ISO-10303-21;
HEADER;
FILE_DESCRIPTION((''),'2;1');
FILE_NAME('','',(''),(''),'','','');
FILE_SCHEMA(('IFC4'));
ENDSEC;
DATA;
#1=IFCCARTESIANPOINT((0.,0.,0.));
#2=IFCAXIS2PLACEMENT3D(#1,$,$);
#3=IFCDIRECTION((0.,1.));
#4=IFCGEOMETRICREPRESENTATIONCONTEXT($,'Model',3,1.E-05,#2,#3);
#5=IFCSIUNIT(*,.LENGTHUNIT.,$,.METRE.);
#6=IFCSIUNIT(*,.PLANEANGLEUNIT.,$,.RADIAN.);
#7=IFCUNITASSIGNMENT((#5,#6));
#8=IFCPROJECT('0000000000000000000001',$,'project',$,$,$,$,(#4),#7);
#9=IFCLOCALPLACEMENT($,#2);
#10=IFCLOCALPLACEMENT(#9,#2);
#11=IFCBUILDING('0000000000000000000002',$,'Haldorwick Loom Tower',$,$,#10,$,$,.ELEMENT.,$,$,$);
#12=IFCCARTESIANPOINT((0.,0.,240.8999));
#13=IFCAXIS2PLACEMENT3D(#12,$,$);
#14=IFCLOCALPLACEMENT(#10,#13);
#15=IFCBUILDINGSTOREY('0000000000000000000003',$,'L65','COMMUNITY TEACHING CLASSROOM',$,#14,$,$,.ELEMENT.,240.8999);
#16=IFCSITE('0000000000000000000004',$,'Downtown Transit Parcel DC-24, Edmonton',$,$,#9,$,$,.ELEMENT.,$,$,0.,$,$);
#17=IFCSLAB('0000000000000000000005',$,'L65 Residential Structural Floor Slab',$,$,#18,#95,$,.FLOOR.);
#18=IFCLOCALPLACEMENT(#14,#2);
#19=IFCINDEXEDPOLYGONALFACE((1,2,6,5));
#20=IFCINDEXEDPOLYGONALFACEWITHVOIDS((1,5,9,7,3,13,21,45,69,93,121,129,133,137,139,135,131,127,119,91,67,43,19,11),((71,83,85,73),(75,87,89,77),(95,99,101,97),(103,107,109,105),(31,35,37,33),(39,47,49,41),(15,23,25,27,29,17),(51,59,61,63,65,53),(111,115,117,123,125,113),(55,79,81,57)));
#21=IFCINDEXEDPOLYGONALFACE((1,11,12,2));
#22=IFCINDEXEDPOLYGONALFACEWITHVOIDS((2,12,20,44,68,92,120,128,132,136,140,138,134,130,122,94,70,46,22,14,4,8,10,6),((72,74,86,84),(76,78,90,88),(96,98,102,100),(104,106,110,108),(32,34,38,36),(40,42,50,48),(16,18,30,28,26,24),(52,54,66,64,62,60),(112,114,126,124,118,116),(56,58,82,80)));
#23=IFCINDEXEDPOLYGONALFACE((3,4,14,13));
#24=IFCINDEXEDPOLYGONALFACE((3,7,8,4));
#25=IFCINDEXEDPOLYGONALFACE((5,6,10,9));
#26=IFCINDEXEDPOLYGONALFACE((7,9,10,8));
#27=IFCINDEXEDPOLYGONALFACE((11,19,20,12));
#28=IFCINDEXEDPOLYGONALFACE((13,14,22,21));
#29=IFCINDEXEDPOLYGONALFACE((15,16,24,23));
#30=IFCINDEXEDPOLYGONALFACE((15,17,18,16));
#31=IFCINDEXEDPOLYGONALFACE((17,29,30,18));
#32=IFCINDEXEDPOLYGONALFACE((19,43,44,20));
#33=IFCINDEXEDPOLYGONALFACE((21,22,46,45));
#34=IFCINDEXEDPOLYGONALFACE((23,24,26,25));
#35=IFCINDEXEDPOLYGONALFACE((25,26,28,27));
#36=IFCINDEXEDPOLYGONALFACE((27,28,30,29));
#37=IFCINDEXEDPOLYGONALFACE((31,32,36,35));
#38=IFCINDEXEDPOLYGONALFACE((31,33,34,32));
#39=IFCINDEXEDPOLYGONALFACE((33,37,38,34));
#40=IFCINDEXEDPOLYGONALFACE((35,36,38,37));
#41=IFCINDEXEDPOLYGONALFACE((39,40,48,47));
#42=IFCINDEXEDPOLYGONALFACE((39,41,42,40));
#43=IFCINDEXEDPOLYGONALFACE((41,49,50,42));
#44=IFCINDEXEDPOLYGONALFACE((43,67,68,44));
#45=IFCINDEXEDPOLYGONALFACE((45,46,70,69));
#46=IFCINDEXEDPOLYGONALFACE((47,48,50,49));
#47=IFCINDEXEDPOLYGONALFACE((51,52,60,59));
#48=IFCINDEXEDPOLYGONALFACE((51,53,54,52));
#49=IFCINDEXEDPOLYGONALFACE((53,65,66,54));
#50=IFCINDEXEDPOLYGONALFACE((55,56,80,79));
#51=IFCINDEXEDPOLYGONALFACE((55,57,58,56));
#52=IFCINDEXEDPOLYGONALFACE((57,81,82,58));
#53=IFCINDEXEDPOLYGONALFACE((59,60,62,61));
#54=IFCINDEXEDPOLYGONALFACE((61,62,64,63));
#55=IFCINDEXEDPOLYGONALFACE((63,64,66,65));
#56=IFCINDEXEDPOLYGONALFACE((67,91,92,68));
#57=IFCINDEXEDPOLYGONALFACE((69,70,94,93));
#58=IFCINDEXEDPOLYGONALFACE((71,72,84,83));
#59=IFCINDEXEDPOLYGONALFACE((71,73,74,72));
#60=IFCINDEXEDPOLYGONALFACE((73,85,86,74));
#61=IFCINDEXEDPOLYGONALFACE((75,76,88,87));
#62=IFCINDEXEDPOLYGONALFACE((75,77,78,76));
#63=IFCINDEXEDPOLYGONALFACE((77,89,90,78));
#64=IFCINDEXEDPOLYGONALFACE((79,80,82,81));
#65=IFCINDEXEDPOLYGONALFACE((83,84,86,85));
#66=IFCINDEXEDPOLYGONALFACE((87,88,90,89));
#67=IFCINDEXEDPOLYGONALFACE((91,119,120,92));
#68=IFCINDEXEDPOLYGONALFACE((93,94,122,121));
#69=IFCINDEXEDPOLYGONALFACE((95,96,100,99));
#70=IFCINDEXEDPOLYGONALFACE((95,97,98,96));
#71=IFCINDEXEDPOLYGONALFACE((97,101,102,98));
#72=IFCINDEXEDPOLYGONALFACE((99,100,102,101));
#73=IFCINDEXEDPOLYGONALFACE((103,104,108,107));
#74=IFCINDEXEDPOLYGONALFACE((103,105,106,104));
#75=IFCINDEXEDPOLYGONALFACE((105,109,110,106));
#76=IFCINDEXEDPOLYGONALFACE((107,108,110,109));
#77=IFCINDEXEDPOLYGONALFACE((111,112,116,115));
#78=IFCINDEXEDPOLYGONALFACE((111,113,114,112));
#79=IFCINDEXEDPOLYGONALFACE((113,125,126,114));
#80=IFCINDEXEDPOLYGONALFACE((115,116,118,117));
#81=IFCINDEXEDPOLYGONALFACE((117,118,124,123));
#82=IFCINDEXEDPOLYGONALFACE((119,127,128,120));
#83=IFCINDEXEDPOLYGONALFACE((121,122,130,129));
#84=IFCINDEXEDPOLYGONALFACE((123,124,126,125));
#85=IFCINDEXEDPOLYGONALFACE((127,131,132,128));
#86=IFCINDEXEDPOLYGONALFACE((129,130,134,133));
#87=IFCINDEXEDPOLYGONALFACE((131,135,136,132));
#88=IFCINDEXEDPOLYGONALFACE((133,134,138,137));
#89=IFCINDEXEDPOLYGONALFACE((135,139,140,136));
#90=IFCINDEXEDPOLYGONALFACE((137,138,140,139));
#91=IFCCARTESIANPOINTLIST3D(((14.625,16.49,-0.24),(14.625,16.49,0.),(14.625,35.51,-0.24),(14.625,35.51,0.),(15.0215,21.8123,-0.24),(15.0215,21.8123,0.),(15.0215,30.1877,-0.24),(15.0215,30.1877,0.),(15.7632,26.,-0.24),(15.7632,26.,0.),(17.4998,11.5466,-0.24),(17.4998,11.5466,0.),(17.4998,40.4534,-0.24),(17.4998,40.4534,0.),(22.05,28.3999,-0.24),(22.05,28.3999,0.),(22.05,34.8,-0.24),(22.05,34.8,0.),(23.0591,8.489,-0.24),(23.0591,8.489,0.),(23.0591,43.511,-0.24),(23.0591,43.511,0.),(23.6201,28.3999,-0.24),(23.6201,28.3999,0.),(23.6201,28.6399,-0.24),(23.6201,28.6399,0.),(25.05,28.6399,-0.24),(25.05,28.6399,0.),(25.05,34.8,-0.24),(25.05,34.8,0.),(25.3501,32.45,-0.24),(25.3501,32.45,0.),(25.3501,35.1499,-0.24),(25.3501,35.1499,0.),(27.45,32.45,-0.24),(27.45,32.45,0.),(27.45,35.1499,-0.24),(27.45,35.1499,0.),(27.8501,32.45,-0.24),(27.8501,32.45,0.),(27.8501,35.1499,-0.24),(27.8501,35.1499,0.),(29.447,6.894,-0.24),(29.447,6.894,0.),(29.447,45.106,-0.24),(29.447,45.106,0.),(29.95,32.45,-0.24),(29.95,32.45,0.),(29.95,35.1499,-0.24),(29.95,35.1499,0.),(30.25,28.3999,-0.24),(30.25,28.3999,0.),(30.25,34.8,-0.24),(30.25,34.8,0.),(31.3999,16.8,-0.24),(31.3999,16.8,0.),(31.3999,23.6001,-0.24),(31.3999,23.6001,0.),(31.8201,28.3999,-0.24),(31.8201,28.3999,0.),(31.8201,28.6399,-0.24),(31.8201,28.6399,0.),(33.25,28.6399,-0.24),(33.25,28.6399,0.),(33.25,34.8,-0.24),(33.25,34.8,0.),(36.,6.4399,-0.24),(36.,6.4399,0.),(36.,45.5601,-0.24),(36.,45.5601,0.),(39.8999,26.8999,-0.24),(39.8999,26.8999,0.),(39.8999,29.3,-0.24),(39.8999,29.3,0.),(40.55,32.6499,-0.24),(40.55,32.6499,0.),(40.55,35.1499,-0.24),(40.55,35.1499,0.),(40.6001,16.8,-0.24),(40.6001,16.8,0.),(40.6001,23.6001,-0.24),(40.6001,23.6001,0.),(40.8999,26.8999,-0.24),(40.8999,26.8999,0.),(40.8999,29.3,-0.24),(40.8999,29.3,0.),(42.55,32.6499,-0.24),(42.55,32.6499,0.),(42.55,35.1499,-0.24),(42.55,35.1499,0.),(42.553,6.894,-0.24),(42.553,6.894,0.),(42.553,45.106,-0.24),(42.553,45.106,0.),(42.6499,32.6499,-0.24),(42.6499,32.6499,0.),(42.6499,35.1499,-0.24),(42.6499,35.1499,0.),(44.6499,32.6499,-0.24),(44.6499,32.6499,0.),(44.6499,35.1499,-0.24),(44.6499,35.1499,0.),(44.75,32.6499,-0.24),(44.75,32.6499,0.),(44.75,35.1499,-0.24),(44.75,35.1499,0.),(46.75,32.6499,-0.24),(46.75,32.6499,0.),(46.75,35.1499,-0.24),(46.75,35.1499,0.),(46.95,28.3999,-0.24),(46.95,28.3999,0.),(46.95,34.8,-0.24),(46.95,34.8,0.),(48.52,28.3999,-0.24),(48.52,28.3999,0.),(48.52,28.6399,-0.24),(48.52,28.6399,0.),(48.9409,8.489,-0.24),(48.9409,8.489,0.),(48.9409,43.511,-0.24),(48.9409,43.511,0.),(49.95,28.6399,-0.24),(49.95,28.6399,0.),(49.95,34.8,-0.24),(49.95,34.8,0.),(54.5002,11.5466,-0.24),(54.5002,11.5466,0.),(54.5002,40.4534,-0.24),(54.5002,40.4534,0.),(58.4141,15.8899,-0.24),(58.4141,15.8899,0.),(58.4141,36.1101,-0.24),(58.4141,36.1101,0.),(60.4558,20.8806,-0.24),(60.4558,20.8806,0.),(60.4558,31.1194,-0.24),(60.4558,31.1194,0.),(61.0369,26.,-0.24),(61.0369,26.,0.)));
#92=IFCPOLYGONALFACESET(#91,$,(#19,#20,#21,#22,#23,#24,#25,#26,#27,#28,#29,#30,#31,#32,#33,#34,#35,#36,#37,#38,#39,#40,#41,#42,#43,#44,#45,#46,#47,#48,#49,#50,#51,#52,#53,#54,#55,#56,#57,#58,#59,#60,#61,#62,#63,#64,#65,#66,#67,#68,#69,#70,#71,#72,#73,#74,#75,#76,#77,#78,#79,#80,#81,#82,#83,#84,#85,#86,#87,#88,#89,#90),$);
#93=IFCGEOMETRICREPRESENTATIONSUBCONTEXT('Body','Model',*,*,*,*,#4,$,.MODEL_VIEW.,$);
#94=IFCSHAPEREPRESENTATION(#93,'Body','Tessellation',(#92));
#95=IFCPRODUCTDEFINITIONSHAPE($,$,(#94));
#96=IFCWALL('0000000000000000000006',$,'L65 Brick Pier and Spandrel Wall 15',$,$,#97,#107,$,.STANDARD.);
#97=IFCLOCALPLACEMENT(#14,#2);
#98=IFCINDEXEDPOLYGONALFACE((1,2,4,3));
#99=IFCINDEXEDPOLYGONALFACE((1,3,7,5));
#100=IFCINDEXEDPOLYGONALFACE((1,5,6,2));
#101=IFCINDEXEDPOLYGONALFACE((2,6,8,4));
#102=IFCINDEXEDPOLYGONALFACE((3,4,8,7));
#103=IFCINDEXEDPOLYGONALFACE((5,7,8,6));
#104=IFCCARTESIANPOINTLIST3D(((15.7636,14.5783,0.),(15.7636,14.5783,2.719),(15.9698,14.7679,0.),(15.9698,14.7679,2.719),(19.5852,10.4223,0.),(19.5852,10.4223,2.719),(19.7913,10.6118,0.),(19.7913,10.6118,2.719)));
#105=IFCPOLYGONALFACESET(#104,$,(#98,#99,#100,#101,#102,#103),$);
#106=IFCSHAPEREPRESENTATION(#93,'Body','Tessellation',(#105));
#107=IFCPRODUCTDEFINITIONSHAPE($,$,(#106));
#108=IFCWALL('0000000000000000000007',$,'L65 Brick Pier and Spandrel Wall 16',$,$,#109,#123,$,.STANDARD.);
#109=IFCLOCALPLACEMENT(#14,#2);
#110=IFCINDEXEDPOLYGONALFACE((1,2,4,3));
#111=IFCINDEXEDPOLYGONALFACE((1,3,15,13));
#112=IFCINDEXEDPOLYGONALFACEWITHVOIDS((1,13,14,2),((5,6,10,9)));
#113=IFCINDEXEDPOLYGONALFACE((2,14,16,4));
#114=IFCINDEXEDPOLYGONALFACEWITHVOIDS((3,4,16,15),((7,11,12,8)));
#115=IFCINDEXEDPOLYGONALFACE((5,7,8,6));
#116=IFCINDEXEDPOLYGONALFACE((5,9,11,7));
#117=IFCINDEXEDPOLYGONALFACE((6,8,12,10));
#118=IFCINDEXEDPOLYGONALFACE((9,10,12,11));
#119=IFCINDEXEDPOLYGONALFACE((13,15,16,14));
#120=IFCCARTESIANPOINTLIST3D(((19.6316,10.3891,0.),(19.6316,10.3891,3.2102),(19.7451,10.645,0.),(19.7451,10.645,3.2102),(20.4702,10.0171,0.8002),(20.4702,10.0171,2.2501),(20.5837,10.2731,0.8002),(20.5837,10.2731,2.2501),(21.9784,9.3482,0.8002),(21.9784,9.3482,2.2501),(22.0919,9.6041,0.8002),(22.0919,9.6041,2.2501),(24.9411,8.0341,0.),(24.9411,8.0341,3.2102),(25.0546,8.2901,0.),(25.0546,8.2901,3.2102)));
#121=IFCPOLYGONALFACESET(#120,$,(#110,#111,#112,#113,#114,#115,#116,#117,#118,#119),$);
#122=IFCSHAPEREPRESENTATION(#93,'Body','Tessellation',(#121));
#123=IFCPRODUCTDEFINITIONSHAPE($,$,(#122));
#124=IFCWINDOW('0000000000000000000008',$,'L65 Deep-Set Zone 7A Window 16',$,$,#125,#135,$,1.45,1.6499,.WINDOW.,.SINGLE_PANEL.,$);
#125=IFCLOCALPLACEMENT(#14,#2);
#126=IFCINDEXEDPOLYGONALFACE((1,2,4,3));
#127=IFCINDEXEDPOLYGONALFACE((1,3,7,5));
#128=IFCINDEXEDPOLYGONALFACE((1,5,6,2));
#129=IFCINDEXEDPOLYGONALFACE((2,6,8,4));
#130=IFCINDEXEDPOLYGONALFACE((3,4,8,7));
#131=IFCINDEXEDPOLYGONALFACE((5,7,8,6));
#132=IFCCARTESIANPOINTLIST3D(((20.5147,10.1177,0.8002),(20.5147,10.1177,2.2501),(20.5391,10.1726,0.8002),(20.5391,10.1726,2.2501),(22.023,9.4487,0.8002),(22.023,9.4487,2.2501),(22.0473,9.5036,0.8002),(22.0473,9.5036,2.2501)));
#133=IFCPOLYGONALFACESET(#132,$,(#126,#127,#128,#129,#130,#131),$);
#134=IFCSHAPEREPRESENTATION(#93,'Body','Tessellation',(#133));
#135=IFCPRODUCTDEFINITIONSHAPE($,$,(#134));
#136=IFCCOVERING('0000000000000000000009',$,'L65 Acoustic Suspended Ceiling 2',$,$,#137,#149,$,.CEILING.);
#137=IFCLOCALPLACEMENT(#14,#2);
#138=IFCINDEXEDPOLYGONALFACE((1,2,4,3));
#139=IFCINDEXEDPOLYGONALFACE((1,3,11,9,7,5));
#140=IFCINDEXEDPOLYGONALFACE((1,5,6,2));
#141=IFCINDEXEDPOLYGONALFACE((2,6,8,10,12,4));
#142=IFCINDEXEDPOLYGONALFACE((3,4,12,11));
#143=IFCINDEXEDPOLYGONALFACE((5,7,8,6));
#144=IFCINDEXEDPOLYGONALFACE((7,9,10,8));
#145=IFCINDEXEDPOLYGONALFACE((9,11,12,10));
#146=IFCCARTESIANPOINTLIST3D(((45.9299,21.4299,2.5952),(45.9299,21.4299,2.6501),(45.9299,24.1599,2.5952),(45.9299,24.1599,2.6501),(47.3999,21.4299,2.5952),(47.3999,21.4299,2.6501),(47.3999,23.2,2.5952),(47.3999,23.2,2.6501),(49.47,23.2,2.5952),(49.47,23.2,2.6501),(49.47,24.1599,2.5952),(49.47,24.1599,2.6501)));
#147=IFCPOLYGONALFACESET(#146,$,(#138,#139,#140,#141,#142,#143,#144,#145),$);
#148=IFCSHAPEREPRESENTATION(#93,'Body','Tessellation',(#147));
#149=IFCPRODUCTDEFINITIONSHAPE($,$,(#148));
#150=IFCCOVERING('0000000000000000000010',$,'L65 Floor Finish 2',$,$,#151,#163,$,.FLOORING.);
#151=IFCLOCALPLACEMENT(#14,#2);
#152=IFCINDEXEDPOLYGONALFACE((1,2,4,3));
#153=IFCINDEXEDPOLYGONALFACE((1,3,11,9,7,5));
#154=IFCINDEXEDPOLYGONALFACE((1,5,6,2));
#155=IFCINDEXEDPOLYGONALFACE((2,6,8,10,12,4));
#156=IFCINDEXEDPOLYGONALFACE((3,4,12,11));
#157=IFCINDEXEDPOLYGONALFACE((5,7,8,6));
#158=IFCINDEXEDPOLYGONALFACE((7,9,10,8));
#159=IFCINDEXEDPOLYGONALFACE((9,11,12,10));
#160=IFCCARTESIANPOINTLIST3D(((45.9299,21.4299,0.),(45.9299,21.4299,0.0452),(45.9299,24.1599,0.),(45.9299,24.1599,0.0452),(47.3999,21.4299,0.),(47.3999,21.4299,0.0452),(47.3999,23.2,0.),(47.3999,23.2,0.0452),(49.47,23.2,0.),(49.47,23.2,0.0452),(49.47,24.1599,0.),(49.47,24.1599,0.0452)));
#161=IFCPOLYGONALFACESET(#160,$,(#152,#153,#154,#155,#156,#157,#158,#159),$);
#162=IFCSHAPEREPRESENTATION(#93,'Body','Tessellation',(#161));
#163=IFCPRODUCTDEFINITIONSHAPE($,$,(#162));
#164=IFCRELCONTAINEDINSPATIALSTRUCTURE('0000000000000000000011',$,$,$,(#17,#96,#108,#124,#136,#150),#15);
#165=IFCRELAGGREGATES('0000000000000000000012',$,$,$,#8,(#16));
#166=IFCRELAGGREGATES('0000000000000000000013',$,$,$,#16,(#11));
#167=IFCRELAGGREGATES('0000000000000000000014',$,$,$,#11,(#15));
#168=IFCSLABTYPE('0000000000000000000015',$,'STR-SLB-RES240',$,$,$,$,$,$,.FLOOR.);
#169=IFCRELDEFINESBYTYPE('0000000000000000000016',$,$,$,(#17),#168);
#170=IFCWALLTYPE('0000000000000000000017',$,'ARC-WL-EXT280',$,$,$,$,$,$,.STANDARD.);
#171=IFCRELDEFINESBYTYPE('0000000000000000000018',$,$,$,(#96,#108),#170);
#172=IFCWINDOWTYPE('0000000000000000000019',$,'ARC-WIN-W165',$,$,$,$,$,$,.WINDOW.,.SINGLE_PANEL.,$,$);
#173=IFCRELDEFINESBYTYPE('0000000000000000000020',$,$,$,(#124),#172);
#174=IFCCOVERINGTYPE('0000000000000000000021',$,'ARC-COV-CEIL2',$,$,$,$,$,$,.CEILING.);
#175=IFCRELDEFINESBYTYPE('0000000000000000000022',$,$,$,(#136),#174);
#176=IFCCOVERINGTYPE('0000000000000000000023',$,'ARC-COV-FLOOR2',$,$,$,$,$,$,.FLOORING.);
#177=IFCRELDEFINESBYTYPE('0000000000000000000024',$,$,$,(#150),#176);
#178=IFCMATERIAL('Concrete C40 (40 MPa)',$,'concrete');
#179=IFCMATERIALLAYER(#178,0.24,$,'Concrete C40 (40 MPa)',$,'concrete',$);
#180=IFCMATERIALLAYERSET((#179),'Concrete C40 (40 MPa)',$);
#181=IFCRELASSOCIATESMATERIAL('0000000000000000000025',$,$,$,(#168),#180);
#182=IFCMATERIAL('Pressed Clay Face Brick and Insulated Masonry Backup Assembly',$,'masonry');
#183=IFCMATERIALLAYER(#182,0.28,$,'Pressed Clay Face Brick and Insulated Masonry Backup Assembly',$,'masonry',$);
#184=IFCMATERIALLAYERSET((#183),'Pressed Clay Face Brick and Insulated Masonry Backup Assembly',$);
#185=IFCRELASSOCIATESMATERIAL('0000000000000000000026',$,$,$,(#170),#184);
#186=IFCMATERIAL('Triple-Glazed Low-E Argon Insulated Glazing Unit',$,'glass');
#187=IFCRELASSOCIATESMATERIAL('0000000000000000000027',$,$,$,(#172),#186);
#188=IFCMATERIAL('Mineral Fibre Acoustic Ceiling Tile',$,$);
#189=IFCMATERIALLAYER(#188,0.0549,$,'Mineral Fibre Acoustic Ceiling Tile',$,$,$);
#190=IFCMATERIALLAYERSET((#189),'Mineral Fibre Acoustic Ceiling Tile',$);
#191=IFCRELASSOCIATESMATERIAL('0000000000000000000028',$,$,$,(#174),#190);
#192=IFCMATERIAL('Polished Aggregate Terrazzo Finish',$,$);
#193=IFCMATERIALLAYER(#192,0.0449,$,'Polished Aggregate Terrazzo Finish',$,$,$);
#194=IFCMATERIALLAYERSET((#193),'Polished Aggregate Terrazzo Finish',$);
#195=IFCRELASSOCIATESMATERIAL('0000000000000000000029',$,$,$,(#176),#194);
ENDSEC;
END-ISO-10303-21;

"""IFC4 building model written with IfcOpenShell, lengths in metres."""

from ifc_helpers import new_model, si_unit, direction, frame, frame_2d, origin, place, context, subcontext, project, spatial, polyline, rectangle, outline, extrude, material, layer, layer_set, type_object, element, fill, save


model = new_model("IFC4")

# Units and contexts
model_context = context("Model", 3, precision=1e-05, world=origin(), true_north=direction((0.0, 1.0)))
body_context = subcontext(model_context, "Body", "Model", "MODEL_VIEW")
ifc_project = project(units=[si_unit("LENGTHUNIT", "METRE"), si_unit("PLANEANGLEUNIT", "RADIAN")], contexts=[model_context])

# Site, building, storey
site_placement = place(None, origin())
site = spatial("IfcSite", under=ifc_project, at=site_placement, Name="Downtown Transit Parcel DC-24, Edmonton", CompositionType="ELEMENT", RefElevation=0.0)
building_placement = place(site_placement, origin())
building = spatial("IfcBuilding", under=site, at=building_placement, Name="Haldorwick Loom Tower", CompositionType="ELEMENT")
storey_placement = place(building_placement, frame((0.0, 0.0, 240.8999)))
storey = spatial("IfcBuildingStorey", under=building, at=storey_placement, Name="L65", Description="COMMUNITY TEACHING CLASSROOM", CompositionType="ELEMENT", Elevation=240.8999)

# Shared definitions
ifc_material_1 = material(Name="Concrete C40 (40 MPa)", Category="concrete")

# Slab
ifc_layer_1 = layer(ifc_material_1, 0.24, Name="Concrete C40 (40 MPa)", Category="concrete")
ifc_layer_set_1 = layer_set([ifc_layer_1], Name="Concrete C40 (40 MPa)")
slab_type_1 = type_object("IfcSlabType", Name="STR-SLB-RES240", PredefinedType="FLOOR", material=ifc_layer_set_1)
slab_1_placement = place(storey_placement, frame((0.0, 0.0, -0.24)))
element("IfcSlab", 1, at=slab_1_placement, inside=storey, type_object=slab_type_1, Name="L65 Residential Structural Floor Slab", PredefinedType="FLOOR", context=body_context, shape_type="SweptSolid", body=[
    extrude(outline(polyline([(54.5002, 11.5466), (58.4141, 15.8899), (60.4558, 20.8806), (61.0369, 26.0), (60.4558, 31.1194), (58.4141, 36.1101), (54.5002, 40.4534), (48.9409, 43.511), (42.553, 45.106), (36.0, 45.5601), (29.447, 45.106), (23.0591, 43.511), (17.4998, 40.4534), (14.625, 35.51), (15.0215, 30.1877), (15.7632, 26.0), (15.0215, 21.8123), (14.625, 16.49), (17.4998, 11.5466), (23.0591, 8.489), (29.447, 6.894), (36.0, 6.4399), (42.553, 6.894), (48.9409, 8.489), (54.5002, 11.5466)]), holes=[polyline([(31.3999, 16.8), (31.3999, 23.6001), (40.6001, 23.6001), (40.6001, 16.8), (31.3999, 16.8)]), polyline([(40.8999, 26.8999), (39.8999, 26.8999), (39.8999, 29.3), (40.8999, 29.3), (40.8999, 26.8999)]), polyline([(23.6201, 28.3999), (22.05, 28.3999), (22.05, 34.8), (25.05, 34.8), (25.05, 28.6399), (23.6201, 28.6399), (23.6201, 28.3999)]), polyline([(30.25, 28.3999), (30.25, 34.8), (33.25, 34.8), (33.25, 28.6399), (31.8201, 28.6399), (31.8201, 28.3999), (30.25, 28.3999)]), polyline([(46.95, 28.3999), (46.95, 34.8), (49.95, 34.8), (49.95, 28.6399), (48.52, 28.6399), (48.52, 28.3999), (46.95, 28.3999)]), polyline([(27.45, 32.45), (25.3501, 32.45), (25.3501, 35.1499), (27.45, 35.1499), (27.45, 32.45)]), polyline([(29.95, 32.45), (27.8501, 32.45), (27.8501, 35.1499), (29.95, 35.1499), (29.95, 32.45)]), polyline([(42.55, 32.6499), (40.55, 32.6499), (40.55, 35.1499), (42.55, 35.1499), (42.55, 32.6499)]), polyline([(42.6499, 32.6499), (42.6499, 35.1499), (44.6499, 35.1499), (44.6499, 32.6499), (42.6499, 32.6499)]), polyline([(44.75, 32.6499), (44.75, 35.1499), (46.75, 35.1499), (46.75, 32.6499), (44.75, 32.6499)])]), origin(), (0.0, 0.0, 1.0), 0.24),
])

# Wall
ifc_material_2 = material(Name="Pressed Clay Face Brick and Insulated Masonry Backup Assembly", Category="masonry")
ifc_layer_2 = layer(ifc_material_2, 0.28, Name="Pressed Clay Face Brick and Insulated Masonry Backup Assembly", Category="masonry")
ifc_layer_set_2 = layer_set([ifc_layer_2], Name="Pressed Clay Face Brick and Insulated Masonry Backup Assembly")
wall_type = type_object("IfcWallType", Name="ARC-WL-EXT280", PredefinedType="STANDARD", material=ifc_layer_set_2)
wall_1_placement = place(storey_placement, frame((15.8667, 14.6731, 0.0), z_axis=(0.0, 0.0, 1.0), x_axis=(0.676865, -0.736107, 0.0)))
element("IfcWall", 2, at=wall_1_placement, inside=storey, type_object=wall_type, Name="L65 Brick Pier and Spandrel Wall 15", PredefinedType="STANDARD", context=body_context, shape_type="SweptSolid", body=[
    extrude(rectangle(XDim=5.646, YDim=0.28, at=frame_2d((2.823, 0.0))), origin(), (0.0, 0.0, 1.0), 2.719),
])

# Wall, opening, window
wall_2_placement = place(storey_placement, frame((19.6882, 10.5171, 0.0), z_axis=(0.0, 0.0, 1.0), x_axis=(0.91412, -0.405444, 0.0)))
wall_2 = element("IfcWall", 3, at=wall_2_placement, inside=storey, type_object=wall_type, Name="L65 Brick Pier and Spandrel Wall 16", PredefinedType="STANDARD", context=body_context, shape_type="SweptSolid", body=[
    extrude(rectangle(XDim=5.8083, YDim=0.28, at=frame_2d((2.9043, 0.0))), origin(), (0.0, 0.0, 1.0), 3.2102),
])
opening_placement = place(wall_2_placement, frame((0.9175, 0.0, 0.8)))
opening = element("IfcOpeningElement", 4, at=opening_placement, cuts=wall_2, PredefinedType="OPENING", context=body_context, shape_type="SweptSolid", body=[
    extrude(rectangle(XDim=1.6499, YDim=1.45, at=frame_2d((0.825, 0.7251))), frame((0.0, 0.1499, 0.0), z_axis=(0.0, -1.0, 0.0), x_axis=(1.0, 0.0, 0.0)), (0.0, 0.0, 1.0), 0.3),
])
ifc_material_3 = material(Name="Triple-Glazed Low-E Argon Insulated Glazing Unit", Category="glass")
window_type = type_object("IfcWindowType", Name="ARC-WIN-W165", PartitioningType="SINGLE_PANEL", PredefinedType="WINDOW", material=ifc_material_3)
window_placement = place(opening_placement, origin())
window = element("IfcWindow", 5, at=window_placement, inside=storey, type_object=window_type, Name="L65 Deep-Set Zone 7A Window 16", OverallHeight=1.45, OverallWidth=1.6499, PartitioningType="SINGLE_PANEL", PredefinedType="WINDOW", context=body_context, shape_type="SweptSolid", body=[
    extrude(rectangle(XDim=1.6499, YDim=1.45, at=frame_2d((0.825, 0.7251))), frame((0.0, 0.03, 0.0), z_axis=(0.0, -1.0, 0.0), x_axis=(1.0, 0.0, 0.0)), (0.0, 0.0, 1.0), 0.0601),
])
fill(opening, window)

# Coverings
ifc_material_4 = material(Name="Mineral Fibre Acoustic Ceiling Tile")
ifc_layer_3 = layer(ifc_material_4, 0.0549, Name="Mineral Fibre Acoustic Ceiling Tile")
ifc_layer_set_3 = layer_set([ifc_layer_3], Name="Mineral Fibre Acoustic Ceiling Tile")
covering_type_1 = type_object("IfcCoveringType", Name="ARC-COV-CEIL2", PredefinedType="CEILING", material=ifc_layer_set_3)
covering_1_placement = place(storey_placement, frame((0.0, 0.0, 2.5952)))
element("IfcCovering", 6, at=covering_1_placement, inside=storey, type_object=covering_type_1, Name="L65 Acoustic Suspended Ceiling 2", PredefinedType="CEILING", context=body_context, shape_type="SweptSolid", body=[
    extrude(outline(polyline([(45.9299, 24.1599), (45.9299, 21.4299), (47.3999, 21.4299), (47.3999, 23.2), (49.47, 23.2), (49.47, 24.1599), (45.9299, 24.1599)])), origin(), (0.0, 0.0, 1.0), 0.0549),
])
ifc_material_5 = material(Name="Polished Aggregate Terrazzo Finish")
ifc_layer_4 = layer(ifc_material_5, 0.0449, Name="Polished Aggregate Terrazzo Finish")
ifc_layer_set_4 = layer_set([ifc_layer_4], Name="Polished Aggregate Terrazzo Finish")
covering_type_2 = type_object("IfcCoveringType", Name="ARC-COV-FLOOR2", PredefinedType="FLOORING", material=ifc_layer_set_4)
covering_2_placement = place(storey_placement, origin())
element("IfcCovering", 7, at=covering_2_placement, inside=storey, type_object=covering_type_2, Name="L65 Floor Finish 2", PredefinedType="FLOORING", context=body_context, shape_type="SweptSolid", body=[
    extrude(outline(polyline([(45.9299, 24.1599), (45.9299, 21.4299), (47.3999, 21.4299), (47.3999, 23.2), (49.47, 23.2), (49.47, 24.1599), (45.9299, 24.1599)])), origin(), (0.0, 0.0, 1.0), 0.0452),
])

save(model, "model.ifc")
